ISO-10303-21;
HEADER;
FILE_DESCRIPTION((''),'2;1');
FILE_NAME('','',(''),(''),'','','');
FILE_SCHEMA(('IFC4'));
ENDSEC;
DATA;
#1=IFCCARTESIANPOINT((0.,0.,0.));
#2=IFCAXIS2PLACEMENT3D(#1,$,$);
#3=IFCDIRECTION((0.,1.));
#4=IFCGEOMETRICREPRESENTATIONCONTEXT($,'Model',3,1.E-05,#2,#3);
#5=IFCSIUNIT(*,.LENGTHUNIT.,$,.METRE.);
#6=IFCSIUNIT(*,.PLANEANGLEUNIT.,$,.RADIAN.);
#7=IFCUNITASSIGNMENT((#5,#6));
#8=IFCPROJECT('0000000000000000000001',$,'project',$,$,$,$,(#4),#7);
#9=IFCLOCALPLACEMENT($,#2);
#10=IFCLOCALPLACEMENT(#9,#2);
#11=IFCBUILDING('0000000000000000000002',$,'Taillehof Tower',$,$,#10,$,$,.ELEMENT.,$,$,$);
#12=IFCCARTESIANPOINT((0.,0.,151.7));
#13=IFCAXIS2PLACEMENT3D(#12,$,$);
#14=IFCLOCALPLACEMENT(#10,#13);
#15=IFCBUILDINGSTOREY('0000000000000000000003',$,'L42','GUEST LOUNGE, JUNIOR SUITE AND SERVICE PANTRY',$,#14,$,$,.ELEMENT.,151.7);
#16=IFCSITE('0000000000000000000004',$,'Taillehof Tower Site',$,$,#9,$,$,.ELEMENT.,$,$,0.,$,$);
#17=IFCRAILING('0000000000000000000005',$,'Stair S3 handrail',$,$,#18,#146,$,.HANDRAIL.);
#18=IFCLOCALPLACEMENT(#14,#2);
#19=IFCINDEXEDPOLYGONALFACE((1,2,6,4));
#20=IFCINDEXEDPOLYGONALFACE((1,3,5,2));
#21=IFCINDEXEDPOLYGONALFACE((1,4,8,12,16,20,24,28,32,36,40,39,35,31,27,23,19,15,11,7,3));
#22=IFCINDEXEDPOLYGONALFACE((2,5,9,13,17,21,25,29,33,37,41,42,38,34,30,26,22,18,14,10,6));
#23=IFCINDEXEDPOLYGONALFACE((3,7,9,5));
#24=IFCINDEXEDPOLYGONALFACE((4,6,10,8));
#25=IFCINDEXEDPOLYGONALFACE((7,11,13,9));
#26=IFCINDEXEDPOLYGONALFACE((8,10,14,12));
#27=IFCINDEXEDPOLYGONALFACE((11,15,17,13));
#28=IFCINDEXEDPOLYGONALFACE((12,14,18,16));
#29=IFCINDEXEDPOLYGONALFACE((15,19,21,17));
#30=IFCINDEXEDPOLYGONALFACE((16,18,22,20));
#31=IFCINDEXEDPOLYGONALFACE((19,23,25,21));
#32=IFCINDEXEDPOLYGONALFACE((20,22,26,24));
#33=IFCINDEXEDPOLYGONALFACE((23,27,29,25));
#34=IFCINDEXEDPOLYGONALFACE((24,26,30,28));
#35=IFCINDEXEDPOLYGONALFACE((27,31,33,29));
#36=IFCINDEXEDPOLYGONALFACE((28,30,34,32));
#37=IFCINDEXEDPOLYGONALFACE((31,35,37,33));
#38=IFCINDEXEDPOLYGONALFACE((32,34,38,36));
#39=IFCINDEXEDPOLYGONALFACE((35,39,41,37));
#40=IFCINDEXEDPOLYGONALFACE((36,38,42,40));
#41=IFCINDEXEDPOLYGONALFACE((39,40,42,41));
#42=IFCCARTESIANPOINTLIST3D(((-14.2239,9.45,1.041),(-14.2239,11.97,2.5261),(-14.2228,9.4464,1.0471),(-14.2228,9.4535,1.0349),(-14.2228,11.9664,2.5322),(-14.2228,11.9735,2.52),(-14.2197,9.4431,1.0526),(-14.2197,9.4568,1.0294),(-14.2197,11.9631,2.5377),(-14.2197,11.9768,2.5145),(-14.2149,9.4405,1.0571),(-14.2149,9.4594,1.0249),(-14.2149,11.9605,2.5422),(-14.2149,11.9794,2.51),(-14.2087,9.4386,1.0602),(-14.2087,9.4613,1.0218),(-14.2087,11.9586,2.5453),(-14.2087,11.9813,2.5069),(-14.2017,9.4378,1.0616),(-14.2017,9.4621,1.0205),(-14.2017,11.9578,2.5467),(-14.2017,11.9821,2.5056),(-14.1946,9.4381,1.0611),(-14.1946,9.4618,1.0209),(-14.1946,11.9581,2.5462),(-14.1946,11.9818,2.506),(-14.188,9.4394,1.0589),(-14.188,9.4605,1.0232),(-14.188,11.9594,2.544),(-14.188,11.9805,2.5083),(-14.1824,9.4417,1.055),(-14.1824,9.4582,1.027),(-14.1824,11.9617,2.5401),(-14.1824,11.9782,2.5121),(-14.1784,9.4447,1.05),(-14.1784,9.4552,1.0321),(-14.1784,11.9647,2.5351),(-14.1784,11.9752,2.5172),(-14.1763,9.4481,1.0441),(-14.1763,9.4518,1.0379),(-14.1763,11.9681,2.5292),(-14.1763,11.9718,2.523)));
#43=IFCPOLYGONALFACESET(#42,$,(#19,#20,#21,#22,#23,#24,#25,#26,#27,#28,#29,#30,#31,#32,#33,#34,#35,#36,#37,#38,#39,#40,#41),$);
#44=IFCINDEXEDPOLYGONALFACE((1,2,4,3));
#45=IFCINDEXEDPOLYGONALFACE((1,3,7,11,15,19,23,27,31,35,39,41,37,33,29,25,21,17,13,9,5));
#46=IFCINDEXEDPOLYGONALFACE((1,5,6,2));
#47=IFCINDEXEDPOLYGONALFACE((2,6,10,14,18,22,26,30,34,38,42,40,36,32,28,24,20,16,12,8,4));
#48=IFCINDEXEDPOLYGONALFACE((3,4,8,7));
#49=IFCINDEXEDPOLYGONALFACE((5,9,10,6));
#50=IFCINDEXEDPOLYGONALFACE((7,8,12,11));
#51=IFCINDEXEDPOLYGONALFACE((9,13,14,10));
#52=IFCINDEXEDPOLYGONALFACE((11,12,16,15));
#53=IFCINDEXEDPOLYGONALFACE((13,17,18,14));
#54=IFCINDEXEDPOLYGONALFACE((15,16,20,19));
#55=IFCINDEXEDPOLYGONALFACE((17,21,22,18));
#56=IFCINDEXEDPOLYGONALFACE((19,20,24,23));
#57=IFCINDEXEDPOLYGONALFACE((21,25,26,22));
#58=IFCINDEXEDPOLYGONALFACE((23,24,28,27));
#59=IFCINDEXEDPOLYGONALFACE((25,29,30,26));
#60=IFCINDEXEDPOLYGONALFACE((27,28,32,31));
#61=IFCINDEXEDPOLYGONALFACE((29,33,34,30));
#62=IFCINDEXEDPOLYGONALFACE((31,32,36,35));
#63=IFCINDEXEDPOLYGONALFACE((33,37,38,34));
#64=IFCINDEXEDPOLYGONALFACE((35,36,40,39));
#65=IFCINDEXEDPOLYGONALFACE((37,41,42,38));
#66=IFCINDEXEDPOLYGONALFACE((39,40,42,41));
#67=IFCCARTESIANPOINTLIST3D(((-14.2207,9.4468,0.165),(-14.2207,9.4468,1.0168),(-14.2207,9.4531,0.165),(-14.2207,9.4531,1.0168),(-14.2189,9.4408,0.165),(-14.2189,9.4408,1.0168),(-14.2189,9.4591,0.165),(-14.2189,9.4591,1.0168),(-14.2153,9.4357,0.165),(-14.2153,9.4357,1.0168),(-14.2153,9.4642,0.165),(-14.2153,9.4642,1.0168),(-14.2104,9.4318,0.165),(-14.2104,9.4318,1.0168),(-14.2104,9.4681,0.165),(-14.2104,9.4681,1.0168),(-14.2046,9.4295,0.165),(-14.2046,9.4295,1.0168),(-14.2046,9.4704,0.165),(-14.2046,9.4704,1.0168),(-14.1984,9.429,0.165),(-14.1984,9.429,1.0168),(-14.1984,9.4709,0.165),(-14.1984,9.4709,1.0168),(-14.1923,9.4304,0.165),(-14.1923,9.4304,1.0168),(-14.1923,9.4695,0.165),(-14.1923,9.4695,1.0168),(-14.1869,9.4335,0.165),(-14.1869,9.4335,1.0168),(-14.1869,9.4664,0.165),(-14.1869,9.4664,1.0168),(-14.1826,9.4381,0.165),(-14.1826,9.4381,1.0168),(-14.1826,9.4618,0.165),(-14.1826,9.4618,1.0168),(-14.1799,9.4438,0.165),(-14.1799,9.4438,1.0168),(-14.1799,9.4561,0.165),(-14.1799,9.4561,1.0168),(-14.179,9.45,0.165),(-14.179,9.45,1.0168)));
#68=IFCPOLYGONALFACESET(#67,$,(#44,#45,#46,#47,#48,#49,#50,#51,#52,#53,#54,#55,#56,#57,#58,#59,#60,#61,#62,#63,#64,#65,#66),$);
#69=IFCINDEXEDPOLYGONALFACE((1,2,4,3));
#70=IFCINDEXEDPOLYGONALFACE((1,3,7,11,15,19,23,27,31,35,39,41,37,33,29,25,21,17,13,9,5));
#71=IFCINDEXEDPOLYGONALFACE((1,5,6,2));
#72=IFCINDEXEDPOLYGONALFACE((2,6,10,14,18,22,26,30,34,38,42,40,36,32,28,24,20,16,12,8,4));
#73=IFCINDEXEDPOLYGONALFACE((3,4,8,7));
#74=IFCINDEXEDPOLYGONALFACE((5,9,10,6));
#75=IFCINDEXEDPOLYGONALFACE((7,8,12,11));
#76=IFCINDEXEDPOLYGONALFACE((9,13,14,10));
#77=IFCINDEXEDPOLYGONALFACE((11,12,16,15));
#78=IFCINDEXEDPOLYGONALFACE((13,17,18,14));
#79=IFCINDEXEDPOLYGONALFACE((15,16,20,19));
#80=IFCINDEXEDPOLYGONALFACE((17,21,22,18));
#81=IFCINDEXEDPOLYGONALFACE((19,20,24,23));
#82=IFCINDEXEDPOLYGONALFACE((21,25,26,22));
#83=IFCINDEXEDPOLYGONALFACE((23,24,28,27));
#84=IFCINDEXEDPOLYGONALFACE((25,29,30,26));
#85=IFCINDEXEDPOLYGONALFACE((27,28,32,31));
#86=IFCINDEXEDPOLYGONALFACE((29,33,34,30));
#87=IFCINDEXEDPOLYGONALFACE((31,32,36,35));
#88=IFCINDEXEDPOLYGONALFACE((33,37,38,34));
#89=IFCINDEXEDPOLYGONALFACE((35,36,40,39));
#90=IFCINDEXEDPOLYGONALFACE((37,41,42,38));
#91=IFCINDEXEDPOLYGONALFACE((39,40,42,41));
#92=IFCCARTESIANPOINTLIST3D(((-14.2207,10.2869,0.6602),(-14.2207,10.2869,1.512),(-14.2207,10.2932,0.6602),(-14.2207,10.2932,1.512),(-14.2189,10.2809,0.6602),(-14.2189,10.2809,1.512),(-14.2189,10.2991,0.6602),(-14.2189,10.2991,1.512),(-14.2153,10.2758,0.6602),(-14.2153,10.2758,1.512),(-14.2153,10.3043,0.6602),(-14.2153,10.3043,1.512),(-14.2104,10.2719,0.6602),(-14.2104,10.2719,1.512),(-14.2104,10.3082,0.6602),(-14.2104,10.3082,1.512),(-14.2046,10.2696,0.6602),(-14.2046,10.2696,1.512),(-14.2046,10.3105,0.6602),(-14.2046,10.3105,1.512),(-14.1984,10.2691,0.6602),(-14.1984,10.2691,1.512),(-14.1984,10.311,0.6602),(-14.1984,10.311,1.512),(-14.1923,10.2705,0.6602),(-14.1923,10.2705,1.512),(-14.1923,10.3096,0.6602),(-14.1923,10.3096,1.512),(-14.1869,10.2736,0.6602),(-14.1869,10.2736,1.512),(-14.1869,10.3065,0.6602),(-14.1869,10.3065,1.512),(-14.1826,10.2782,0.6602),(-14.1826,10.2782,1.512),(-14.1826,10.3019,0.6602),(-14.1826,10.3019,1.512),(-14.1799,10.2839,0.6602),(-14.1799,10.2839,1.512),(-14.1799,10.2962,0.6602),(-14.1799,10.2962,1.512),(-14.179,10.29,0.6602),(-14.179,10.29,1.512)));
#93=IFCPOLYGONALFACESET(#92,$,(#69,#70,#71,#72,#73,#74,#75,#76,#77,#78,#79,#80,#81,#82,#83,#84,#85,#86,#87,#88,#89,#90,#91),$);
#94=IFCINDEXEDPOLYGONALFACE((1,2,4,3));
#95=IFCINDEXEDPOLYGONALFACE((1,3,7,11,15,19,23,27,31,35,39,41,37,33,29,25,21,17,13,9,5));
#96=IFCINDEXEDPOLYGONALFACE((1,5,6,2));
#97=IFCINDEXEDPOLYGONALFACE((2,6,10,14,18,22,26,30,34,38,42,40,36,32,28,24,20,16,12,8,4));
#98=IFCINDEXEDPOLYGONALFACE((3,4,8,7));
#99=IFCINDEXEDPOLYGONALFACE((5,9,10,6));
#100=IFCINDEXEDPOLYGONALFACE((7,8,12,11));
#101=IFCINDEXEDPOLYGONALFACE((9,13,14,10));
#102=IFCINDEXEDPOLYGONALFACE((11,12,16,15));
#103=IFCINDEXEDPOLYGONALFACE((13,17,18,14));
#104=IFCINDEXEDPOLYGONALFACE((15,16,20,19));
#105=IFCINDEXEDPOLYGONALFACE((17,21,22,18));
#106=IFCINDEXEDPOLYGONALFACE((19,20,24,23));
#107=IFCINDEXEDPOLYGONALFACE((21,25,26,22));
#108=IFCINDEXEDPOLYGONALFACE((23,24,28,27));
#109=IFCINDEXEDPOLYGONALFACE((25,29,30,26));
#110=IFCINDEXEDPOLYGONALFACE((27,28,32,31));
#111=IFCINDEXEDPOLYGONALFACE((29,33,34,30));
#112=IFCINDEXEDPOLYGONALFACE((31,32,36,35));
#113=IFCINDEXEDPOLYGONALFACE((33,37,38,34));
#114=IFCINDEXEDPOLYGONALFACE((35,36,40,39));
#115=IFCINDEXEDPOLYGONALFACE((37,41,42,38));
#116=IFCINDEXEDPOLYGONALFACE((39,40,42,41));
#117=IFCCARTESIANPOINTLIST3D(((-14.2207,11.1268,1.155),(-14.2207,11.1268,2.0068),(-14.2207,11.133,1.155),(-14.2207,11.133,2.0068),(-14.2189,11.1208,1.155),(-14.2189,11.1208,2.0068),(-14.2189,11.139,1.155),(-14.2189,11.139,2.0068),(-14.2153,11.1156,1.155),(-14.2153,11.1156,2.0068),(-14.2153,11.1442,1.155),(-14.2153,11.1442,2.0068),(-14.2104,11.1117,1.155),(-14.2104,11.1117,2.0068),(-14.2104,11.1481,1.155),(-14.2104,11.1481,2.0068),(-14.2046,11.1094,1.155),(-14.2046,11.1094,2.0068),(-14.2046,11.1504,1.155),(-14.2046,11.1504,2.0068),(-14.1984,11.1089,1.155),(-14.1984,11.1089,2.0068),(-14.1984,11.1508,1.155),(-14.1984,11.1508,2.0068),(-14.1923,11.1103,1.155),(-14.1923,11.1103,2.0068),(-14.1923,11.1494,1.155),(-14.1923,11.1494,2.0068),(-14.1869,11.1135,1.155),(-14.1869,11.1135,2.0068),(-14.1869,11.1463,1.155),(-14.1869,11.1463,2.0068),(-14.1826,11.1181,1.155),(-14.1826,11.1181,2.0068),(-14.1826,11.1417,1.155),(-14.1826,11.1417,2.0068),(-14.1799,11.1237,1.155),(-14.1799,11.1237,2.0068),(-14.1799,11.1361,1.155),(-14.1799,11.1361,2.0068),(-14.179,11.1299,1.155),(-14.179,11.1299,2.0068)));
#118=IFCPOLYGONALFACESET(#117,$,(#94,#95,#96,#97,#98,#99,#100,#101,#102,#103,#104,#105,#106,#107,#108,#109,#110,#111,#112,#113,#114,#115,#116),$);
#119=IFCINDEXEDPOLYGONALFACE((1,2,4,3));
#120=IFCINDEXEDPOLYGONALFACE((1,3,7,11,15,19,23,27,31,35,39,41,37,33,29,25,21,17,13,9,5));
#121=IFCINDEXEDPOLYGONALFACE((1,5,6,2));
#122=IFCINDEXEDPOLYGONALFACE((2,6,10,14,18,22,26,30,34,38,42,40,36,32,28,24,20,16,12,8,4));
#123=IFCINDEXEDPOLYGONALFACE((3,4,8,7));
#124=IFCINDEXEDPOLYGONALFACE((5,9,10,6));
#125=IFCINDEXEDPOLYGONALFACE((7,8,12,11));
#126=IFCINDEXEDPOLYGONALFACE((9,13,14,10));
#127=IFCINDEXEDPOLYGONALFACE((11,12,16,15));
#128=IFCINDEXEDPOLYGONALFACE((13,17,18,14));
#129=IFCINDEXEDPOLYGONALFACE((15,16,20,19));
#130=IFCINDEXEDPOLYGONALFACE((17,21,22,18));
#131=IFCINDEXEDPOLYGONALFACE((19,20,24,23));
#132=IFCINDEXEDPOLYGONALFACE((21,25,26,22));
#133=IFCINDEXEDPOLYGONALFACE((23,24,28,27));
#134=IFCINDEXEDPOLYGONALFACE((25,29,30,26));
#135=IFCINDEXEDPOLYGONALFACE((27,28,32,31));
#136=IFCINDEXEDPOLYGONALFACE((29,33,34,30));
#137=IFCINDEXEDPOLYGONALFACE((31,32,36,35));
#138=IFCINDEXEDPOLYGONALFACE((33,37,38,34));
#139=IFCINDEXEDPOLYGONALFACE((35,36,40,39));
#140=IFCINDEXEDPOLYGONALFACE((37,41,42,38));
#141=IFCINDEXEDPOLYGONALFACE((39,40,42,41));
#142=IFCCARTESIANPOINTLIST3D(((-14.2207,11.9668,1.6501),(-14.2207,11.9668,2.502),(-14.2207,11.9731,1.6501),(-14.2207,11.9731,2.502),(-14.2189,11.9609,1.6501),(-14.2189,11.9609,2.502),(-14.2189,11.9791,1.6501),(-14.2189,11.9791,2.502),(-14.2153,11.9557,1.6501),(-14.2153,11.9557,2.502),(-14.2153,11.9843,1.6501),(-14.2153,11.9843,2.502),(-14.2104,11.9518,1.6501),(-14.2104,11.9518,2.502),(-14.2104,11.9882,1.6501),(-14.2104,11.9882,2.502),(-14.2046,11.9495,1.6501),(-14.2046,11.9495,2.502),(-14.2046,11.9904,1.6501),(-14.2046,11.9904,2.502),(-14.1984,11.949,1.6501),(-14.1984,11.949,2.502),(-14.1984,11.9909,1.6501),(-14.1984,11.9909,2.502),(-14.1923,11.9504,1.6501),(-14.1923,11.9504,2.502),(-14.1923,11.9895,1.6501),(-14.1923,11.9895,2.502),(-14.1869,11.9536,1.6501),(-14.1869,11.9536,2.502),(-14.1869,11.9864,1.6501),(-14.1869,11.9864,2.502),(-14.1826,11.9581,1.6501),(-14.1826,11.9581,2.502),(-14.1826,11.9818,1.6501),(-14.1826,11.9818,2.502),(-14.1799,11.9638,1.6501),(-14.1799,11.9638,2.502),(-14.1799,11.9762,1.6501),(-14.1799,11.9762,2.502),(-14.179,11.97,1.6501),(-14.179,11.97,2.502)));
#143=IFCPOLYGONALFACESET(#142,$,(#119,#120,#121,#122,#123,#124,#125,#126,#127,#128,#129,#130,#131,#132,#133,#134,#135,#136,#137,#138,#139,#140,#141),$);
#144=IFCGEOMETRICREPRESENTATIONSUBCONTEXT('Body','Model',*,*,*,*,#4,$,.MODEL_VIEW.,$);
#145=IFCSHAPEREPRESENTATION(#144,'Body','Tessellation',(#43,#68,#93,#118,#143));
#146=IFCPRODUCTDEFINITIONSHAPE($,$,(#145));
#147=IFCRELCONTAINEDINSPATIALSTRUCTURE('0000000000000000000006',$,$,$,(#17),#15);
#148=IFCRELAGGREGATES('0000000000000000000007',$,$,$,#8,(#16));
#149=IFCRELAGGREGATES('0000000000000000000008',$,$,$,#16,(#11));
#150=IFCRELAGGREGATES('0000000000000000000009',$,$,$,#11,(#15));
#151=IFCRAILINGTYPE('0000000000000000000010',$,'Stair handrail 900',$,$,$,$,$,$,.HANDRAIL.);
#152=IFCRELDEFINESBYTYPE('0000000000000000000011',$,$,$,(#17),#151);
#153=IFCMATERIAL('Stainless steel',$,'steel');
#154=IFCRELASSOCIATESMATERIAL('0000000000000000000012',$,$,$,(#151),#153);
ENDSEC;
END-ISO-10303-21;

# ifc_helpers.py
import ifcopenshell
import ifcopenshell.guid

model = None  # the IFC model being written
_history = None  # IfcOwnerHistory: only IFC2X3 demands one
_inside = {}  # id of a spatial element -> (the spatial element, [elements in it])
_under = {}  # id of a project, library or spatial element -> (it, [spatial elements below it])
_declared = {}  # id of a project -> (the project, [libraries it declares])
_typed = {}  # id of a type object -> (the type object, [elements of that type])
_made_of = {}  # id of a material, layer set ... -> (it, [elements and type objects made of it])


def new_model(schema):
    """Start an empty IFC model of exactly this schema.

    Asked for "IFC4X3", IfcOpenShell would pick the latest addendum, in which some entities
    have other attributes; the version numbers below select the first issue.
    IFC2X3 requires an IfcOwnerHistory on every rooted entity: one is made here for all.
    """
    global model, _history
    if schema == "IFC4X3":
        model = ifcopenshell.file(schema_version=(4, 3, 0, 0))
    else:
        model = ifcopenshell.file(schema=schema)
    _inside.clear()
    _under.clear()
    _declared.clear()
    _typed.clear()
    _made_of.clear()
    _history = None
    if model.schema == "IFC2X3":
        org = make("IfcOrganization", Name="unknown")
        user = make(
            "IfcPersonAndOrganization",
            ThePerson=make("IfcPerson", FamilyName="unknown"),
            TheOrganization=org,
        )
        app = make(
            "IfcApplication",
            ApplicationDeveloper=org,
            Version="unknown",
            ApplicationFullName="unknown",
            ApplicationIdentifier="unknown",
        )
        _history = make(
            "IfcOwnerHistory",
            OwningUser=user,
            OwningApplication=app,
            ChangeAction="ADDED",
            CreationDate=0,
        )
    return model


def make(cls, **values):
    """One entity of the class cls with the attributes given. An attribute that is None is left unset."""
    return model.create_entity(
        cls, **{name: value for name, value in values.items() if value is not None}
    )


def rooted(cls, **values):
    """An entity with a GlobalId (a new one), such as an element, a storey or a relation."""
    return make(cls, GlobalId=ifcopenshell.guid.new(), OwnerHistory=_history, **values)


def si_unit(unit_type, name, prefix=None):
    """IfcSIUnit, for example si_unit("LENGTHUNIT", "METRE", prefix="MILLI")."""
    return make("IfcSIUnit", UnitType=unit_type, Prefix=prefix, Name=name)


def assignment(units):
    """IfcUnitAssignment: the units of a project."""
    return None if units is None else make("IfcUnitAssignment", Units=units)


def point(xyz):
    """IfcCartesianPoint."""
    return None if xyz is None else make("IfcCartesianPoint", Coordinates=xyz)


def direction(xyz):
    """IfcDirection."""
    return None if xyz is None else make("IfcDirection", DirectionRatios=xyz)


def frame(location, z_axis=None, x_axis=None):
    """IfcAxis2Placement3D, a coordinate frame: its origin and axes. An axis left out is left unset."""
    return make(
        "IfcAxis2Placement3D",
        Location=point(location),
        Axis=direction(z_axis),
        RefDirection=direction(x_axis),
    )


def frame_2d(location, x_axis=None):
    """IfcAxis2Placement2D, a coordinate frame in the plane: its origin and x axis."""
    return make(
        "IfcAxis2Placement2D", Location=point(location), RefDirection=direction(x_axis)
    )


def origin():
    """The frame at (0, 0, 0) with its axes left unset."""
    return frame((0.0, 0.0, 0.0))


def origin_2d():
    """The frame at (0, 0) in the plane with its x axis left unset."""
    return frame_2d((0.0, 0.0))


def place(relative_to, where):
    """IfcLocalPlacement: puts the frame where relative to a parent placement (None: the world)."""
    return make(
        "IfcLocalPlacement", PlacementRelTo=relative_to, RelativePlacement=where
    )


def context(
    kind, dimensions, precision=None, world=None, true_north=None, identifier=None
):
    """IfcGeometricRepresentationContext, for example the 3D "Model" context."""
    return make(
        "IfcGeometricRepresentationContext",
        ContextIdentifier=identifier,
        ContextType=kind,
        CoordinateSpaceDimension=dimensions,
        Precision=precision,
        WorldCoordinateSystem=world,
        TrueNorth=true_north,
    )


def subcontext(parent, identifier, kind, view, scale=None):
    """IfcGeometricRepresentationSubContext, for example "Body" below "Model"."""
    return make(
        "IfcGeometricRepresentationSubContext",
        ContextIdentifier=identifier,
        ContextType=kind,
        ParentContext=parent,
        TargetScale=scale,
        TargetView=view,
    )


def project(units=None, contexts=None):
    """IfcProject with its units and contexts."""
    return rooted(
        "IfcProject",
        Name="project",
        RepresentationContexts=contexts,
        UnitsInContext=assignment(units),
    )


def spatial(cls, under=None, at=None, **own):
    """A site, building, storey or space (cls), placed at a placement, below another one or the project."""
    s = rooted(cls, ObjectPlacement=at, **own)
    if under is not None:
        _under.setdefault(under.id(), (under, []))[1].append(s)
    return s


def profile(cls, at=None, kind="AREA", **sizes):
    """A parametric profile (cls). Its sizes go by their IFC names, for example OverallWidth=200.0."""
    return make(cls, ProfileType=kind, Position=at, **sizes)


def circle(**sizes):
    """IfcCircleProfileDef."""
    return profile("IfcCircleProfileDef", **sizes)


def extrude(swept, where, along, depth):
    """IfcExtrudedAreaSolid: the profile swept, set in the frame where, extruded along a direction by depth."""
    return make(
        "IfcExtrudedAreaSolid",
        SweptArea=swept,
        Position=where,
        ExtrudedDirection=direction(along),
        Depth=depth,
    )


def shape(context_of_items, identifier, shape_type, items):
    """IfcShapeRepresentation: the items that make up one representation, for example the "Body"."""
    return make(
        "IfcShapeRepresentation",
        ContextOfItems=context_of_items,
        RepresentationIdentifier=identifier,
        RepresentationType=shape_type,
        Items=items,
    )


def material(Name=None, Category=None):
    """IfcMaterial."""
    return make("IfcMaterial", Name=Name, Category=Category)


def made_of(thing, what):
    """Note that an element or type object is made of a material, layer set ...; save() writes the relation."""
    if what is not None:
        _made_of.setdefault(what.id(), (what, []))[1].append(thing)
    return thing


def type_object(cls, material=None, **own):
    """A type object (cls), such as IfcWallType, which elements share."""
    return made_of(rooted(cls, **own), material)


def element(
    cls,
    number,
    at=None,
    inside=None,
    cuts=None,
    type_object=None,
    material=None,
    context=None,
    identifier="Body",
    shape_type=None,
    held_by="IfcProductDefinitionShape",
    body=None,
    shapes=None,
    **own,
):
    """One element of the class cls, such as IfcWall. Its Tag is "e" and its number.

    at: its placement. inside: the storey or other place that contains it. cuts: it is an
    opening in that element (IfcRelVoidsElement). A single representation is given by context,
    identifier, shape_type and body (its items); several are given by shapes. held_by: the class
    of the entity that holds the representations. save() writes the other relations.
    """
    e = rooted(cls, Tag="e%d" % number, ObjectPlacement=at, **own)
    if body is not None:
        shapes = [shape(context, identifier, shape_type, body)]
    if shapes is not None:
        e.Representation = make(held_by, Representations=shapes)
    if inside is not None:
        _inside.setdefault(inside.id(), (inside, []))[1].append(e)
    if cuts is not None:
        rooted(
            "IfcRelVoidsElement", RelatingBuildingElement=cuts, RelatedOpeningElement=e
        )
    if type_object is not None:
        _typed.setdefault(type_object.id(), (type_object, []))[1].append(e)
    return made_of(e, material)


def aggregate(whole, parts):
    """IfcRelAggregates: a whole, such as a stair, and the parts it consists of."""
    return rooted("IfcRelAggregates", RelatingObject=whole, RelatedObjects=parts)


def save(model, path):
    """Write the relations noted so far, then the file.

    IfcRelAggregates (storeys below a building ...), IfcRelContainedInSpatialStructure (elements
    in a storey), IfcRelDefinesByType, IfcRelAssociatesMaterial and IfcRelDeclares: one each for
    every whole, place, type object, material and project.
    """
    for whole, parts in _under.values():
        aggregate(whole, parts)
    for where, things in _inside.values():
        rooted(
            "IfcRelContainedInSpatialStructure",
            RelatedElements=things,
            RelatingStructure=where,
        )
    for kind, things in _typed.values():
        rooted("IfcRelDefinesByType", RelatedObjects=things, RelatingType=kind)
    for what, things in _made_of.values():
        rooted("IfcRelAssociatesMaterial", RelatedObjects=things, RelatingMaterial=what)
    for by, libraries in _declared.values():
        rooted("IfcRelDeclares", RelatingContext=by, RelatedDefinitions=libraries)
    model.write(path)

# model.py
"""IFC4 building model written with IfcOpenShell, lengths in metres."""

from ifc_helpers import new_model, si_unit, direction, frame, origin, origin_2d, place, context, subcontext, project, spatial, circle, extrude, material, type_object, element, save


model = new_model("IFC4")

# Units and contexts
model_context = context("Model", 3, precision=1e-05, world=origin(), true_north=direction((0.0, 1.0)))
body_context = subcontext(model_context, "Body", "Model", "MODEL_VIEW")
ifc_project = project(units=[si_unit("LENGTHUNIT", "METRE"), si_unit("PLANEANGLEUNIT", "RADIAN")], contexts=[model_context])

# Site, building, storey
site_placement = place(None, origin())
site = spatial("IfcSite", under=ifc_project, at=site_placement, Name="Taillehof Tower Site", CompositionType="ELEMENT", RefElevation=0.0)
building_placement = place(site_placement, origin())
building = spatial("IfcBuilding", under=site, at=building_placement, Name="Taillehof Tower", CompositionType="ELEMENT")
storey_placement = place(building_placement, frame((0.0, 0.0, 151.7)))
storey = spatial("IfcBuildingStorey", under=building, at=storey_placement, Name="L42", Description="GUEST LOUNGE, JUNIOR SUITE AND SERVICE PANTRY", CompositionType="ELEMENT", Elevation=151.7)

# Railing
ifc_material_1 = material(Name="Stainless steel", Category="steel")
railing_type = type_object("IfcRailingType", Name="Stair handrail 900", PredefinedType="HANDRAIL", material=ifc_material_1)
railing_placement = place(storey_placement, frame((-14.2, 9.45, 0.165)))
element("IfcRailing", 1, at=railing_placement, inside=storey, type_object=railing_type, Name="Stair S3 handrail", PredefinedType="HANDRAIL", context=body_context, shape_type="SweptSolid", body=[
    extrude(circle(Radius=0.0239, at=origin_2d()), frame((0.0, 0.0, 0.876), z_axis=(0.0, 0.861524, 0.507717), x_axis=(-1.0, 0.0, 0.0)), (0.0, 0.0, 1.0), 2.925),
    extrude(circle(Radius=0.021, at=origin_2d()), origin(), (0.0, 0.0, 1.0), 0.8518),
    extrude(circle(Radius=0.021, at=origin_2d()), frame((0.0, 0.8401, 0.4951)), (0.0, 0.0, 1.0), 0.8518),
    extrude(circle(Radius=0.021, at=origin_2d()), frame((0.0, 1.6799, 0.99)), (0.0, 0.0, 1.0), 0.8518),
    extrude(circle(Radius=0.021, at=origin_2d()), frame((0.0, 2.52, 1.4851)), (0.0, 0.0, 1.0), 0.8518),
])

save(model, "model.ifc")
